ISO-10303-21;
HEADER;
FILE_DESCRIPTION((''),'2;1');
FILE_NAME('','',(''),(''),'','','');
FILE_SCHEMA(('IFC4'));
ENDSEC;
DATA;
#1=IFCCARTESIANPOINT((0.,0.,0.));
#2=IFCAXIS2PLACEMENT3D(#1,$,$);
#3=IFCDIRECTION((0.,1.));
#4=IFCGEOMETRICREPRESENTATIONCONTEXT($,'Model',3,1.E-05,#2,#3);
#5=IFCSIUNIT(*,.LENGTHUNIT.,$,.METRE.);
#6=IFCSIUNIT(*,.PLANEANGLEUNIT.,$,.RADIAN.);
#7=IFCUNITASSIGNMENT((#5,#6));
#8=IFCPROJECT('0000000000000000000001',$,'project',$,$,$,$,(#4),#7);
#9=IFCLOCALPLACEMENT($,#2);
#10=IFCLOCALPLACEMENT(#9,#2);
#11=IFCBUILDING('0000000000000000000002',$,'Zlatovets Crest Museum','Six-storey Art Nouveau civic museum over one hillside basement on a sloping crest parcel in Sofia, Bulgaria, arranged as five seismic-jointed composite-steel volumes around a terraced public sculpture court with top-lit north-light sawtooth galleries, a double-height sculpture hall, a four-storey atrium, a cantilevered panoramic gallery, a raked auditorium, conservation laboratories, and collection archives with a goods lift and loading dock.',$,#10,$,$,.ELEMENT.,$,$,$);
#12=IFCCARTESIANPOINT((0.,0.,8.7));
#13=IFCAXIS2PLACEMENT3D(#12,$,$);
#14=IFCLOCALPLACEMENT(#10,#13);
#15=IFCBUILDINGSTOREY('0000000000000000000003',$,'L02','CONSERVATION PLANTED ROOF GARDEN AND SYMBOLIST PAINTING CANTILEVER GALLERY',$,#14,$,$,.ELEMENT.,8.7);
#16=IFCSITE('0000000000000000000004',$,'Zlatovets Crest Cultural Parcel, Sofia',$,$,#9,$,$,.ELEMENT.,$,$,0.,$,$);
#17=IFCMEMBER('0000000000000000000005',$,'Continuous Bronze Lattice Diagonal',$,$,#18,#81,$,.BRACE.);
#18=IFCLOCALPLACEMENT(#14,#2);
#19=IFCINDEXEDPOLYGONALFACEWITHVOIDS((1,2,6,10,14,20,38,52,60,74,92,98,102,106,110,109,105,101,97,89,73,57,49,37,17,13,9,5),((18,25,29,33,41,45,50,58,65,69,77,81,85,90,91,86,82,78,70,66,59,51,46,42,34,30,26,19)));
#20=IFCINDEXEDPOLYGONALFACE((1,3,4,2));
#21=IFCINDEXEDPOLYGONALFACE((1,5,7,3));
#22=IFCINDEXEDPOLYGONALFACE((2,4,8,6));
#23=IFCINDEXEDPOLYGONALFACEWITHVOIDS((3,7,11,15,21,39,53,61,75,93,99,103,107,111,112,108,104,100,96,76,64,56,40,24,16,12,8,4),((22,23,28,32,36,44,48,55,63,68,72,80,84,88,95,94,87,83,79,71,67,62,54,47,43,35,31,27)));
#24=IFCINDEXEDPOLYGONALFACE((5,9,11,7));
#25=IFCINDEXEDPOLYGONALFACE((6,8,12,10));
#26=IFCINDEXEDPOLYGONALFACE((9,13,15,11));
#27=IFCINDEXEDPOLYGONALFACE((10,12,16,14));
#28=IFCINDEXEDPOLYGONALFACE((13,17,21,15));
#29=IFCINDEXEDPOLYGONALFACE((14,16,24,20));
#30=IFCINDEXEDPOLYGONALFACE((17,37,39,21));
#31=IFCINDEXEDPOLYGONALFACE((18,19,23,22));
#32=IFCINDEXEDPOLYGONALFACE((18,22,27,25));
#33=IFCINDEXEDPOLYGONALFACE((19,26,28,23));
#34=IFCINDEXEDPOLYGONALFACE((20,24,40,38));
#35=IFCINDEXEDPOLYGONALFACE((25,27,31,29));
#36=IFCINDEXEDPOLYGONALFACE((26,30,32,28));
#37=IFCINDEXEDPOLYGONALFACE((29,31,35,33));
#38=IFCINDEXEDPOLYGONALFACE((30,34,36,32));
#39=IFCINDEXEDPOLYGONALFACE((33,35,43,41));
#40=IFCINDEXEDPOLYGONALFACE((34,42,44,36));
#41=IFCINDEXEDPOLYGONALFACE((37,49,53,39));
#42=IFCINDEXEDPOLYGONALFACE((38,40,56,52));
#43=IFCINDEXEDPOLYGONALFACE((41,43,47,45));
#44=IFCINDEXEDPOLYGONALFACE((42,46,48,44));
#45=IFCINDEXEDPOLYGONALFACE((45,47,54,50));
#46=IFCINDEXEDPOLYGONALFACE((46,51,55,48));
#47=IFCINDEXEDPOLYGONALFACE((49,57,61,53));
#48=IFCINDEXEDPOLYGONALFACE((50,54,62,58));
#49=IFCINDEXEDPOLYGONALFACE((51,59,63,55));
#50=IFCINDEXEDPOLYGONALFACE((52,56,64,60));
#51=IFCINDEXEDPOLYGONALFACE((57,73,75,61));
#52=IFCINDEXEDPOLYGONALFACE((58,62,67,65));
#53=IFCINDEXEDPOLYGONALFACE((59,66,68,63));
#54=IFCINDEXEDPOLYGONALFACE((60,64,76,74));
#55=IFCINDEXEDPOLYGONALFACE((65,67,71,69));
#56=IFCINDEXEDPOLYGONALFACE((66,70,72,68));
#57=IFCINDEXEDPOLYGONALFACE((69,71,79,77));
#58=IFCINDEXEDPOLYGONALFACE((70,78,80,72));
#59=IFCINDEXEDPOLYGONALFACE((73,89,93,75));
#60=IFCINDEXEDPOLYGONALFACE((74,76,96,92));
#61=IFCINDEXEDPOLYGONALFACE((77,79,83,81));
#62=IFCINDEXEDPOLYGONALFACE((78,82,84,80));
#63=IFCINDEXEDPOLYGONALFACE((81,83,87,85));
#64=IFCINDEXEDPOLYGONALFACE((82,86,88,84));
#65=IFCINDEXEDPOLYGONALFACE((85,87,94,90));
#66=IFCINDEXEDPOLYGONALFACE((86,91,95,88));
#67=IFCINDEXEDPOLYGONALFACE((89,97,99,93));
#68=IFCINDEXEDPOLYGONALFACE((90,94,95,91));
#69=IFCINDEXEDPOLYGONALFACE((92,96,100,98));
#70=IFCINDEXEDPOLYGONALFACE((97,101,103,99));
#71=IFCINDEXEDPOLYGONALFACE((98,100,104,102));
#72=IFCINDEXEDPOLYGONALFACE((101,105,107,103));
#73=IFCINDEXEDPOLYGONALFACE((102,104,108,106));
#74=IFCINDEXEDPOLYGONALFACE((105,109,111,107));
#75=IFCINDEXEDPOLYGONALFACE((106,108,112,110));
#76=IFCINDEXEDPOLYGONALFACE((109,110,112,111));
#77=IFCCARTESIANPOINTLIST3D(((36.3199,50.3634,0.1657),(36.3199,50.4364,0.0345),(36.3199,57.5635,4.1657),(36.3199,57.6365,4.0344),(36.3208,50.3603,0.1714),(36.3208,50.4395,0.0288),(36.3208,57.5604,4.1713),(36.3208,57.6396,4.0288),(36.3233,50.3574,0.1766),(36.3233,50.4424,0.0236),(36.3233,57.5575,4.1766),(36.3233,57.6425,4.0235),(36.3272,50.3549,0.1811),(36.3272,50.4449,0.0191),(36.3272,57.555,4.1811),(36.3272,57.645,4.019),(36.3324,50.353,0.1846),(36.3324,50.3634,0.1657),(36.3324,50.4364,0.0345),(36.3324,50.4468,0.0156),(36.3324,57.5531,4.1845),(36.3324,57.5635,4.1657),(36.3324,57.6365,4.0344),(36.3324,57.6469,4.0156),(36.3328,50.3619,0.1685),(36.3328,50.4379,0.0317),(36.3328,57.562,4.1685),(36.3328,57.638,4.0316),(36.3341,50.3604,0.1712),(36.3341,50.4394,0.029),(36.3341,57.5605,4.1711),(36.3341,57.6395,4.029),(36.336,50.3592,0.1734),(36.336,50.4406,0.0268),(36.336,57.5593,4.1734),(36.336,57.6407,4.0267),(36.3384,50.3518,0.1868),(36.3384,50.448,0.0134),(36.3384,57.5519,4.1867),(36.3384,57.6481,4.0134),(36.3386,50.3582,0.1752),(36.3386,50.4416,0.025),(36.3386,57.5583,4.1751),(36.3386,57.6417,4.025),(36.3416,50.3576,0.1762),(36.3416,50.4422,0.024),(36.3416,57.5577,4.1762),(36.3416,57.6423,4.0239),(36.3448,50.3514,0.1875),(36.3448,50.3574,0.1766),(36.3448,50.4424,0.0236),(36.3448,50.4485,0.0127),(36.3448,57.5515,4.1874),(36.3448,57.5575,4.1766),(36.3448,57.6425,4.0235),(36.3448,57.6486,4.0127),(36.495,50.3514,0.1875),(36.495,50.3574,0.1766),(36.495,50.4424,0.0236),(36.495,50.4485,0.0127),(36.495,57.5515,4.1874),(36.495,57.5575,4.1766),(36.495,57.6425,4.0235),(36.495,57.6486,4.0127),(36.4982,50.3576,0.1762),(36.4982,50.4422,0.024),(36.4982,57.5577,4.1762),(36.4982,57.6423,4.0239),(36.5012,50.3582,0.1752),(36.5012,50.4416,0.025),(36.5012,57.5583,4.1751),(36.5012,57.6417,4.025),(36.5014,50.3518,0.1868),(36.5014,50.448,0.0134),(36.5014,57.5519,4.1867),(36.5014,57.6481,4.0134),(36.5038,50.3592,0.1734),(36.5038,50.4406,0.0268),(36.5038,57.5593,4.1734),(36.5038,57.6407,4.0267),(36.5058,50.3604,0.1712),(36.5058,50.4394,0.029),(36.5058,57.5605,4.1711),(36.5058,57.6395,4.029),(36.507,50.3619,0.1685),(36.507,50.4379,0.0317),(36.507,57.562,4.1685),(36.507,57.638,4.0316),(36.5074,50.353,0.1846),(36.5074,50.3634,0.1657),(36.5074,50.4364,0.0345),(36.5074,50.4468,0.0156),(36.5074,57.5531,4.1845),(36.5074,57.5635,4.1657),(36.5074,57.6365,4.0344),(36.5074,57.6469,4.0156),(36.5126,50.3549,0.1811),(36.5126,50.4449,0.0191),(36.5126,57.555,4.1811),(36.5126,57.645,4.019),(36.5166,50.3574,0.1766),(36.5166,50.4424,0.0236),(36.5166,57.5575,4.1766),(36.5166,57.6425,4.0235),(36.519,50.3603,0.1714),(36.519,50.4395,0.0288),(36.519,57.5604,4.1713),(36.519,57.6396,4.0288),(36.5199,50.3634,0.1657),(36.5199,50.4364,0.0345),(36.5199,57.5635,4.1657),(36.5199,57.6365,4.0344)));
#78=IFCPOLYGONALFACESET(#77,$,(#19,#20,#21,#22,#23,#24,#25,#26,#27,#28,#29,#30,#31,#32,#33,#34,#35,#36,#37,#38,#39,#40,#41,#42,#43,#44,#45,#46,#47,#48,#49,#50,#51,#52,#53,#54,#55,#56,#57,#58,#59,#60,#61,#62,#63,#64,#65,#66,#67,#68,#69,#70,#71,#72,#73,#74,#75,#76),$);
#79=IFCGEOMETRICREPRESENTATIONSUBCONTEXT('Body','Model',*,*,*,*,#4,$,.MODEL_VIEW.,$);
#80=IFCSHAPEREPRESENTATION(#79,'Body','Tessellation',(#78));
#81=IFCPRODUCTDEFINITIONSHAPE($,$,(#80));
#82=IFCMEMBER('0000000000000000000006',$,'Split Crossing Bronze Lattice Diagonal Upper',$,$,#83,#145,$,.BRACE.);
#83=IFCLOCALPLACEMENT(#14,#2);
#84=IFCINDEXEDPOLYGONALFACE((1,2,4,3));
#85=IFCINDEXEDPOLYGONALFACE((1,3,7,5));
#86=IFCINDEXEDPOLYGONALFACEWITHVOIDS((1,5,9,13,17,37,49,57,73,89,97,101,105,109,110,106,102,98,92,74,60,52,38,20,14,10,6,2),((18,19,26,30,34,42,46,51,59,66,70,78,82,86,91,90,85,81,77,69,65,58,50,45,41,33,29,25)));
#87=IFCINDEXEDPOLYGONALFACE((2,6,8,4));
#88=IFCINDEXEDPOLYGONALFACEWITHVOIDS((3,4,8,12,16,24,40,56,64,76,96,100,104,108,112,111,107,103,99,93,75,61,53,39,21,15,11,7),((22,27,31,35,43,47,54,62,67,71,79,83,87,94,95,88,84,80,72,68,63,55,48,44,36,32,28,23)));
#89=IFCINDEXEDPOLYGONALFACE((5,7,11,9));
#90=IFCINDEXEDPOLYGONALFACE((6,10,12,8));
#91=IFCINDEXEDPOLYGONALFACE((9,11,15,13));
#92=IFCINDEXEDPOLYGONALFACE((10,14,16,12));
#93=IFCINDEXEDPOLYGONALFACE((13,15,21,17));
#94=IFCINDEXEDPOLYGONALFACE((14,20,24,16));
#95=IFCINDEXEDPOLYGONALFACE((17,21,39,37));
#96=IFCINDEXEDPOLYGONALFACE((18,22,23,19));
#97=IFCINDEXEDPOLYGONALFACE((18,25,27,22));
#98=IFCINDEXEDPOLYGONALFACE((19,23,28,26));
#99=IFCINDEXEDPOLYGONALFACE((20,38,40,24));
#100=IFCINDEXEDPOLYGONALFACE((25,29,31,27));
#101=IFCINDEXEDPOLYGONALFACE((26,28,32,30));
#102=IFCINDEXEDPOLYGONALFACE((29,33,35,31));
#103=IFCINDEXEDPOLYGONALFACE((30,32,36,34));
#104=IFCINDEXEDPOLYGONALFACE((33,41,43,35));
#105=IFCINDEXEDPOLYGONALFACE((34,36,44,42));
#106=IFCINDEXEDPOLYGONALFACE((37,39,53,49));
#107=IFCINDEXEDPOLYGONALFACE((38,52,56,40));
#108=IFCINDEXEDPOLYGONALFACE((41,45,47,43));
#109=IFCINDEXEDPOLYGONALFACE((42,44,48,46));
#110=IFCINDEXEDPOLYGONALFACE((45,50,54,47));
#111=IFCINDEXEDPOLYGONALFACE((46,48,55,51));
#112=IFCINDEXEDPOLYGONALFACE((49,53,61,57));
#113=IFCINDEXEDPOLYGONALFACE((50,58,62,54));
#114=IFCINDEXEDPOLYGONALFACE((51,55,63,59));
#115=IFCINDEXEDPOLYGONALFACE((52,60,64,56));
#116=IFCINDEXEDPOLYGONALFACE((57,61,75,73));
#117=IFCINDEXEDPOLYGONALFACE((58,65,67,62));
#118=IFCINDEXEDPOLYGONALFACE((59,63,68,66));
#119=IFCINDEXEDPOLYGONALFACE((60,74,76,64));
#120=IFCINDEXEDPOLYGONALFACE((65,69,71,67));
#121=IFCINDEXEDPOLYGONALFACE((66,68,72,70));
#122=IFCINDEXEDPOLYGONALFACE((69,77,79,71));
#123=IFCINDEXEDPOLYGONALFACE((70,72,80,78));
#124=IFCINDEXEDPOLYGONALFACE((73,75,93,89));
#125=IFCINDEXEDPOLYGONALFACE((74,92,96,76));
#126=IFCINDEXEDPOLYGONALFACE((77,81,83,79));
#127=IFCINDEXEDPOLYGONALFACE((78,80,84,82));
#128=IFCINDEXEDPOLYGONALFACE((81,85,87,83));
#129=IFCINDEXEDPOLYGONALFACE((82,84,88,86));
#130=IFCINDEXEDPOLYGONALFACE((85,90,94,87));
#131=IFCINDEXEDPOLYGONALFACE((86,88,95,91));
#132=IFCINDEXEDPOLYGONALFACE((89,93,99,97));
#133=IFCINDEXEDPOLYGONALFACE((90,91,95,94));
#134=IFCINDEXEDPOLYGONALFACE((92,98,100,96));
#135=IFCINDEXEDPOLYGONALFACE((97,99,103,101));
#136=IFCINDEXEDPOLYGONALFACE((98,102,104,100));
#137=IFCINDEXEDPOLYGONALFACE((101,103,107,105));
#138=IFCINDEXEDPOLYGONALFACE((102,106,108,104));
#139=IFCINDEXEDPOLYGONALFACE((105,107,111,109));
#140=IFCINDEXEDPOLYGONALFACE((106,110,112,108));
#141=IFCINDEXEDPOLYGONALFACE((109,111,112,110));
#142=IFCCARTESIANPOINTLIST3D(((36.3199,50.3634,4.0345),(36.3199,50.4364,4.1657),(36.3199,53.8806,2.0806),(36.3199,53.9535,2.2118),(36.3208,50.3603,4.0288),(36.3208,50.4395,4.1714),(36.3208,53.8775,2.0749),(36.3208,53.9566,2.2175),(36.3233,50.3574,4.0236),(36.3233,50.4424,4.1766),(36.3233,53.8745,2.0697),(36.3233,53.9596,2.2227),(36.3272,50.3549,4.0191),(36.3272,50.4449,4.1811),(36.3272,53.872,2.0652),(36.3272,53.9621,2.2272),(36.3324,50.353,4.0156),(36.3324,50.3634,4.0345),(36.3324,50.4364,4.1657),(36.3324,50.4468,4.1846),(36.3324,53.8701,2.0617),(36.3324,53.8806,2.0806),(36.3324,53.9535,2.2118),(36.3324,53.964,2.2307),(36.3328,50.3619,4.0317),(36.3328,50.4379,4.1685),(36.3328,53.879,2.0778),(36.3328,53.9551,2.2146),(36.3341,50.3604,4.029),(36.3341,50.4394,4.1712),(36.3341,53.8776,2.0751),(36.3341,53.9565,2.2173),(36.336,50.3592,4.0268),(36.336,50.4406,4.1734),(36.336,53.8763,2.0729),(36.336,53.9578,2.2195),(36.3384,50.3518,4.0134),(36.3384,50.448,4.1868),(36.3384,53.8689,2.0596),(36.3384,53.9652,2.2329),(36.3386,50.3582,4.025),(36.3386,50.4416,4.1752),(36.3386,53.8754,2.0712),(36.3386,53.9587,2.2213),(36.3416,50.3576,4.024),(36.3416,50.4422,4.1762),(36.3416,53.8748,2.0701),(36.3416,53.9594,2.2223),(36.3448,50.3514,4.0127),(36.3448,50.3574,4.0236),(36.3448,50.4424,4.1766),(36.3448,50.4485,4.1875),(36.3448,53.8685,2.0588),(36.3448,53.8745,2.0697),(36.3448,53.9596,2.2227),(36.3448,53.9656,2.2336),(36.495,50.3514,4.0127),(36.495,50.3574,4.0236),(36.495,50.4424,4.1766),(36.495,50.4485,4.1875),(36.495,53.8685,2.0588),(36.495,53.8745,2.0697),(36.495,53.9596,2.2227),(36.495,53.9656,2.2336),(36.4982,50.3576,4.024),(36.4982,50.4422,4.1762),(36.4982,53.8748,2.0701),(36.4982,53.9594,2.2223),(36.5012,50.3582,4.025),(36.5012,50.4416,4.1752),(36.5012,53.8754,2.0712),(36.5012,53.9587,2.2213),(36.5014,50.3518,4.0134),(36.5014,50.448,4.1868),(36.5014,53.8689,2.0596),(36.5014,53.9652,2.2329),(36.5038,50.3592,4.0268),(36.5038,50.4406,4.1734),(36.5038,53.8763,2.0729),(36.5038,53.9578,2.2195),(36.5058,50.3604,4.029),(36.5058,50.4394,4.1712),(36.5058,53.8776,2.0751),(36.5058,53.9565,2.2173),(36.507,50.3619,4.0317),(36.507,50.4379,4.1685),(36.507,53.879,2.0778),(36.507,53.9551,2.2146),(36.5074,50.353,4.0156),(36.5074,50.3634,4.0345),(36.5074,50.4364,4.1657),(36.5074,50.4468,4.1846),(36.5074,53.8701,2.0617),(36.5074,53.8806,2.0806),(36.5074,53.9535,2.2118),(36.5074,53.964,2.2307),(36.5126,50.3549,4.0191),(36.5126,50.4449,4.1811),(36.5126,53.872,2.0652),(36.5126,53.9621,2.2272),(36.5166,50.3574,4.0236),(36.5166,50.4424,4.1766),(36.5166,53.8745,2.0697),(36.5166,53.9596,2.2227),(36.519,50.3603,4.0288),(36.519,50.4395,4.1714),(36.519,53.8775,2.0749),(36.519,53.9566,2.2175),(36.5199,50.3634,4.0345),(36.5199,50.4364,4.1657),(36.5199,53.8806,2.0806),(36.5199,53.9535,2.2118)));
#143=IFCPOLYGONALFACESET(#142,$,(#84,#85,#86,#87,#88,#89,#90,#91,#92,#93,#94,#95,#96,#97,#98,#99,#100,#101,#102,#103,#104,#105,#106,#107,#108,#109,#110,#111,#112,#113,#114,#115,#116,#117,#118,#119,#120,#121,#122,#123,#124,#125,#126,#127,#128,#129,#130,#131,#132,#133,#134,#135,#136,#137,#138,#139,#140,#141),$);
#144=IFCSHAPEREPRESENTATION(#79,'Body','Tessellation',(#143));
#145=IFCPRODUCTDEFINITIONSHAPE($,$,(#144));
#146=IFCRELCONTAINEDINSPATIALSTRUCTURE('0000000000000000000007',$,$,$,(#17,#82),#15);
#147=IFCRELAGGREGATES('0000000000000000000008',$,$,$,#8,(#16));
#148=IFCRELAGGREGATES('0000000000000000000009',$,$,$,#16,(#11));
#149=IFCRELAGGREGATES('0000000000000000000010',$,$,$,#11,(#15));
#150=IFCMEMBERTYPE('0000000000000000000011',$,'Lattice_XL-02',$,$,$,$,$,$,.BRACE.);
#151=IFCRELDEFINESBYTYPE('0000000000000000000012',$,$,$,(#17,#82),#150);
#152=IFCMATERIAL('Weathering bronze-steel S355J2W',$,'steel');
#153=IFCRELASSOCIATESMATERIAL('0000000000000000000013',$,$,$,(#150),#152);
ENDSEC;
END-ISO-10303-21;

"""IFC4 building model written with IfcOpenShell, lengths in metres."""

from ifc_helpers import new_model, si_unit, direction, frame, origin, origin_2d, place, context, subcontext, project, spatial, hollow_rectangle, extrude, material, material_profile, profile_set, type_object, element, save


model = new_model("IFC4")

# Units and contexts
model_context = context("Model", 3, precision=1e-05, world=origin(), true_north=direction((0.0, 1.0)))
body_context = subcontext(model_context, "Body", "Model", "MODEL_VIEW")
ifc_project = project(units=[si_unit("LENGTHUNIT", "METRE"), si_unit("PLANEANGLEUNIT", "RADIAN")], contexts=[model_context])

# Site, building, storey
site_placement = place(None, origin())
site = spatial("IfcSite", under=ifc_project, at=site_placement, Name="Zlatovets Crest Cultural Parcel, Sofia", CompositionType="ELEMENT", RefElevation=0.0)
building_placement = place(site_placement, origin())
building = spatial("IfcBuilding", under=site, at=building_placement, Name="Zlatovets Crest Museum", Description="Six-storey Art Nouveau civic museum over one hillside basement on a sloping crest parcel in Sofia, Bulgaria, arranged as five seismic-jointed composite-steel volumes around a terraced public sculpture court with top-lit north-light sawtooth galleries, a double-height sculpture hall, a four-storey atrium, a cantilevered panoramic gallery, a raked auditorium, conservation laboratories, and collection archives with a goods lift and loading dock.", CompositionType="ELEMENT")
storey_placement = place(building_placement, frame((0.0, 0.0, 8.7)))
storey = spatial("IfcBuildingStorey", under=building, at=storey_placement, Name="L02", Description="CONSERVATION PLANTED ROOF GARDEN AND SYMBOLIST PAINTING CANTILEVER GALLERY", CompositionType="ELEMENT", Elevation=8.7)

# Members
ifc_material_1 = material(Name="Weathering bronze-steel S355J2W", Category="steel")
ifc_material_profile_1 = material_profile(ifc_material_1, hollow_rectangle(XDim=0.2, YDim=0.2, WallThickness=0.0125, InnerFilletRadius=0.0125, OuterFilletRadius=0.0249, at=origin_2d()), Name="SHS 200x200x12.5")
ifc_profile_set_1 = profile_set([ifc_material_profile_1], Name="Weathering bronze-steel S355J2W")
member_type_1 = type_object("IfcMemberType", Name="Lattice_XL-02", PredefinedType="BRACE", material=ifc_profile_set_1)
member_1_placement = place(storey_placement, frame((36.4199, 50.3999, 0.1001), z_axis=(0.0, 0.874163, 0.485633), x_axis=(-1.0, 0.0, 0.0)))
element("IfcMember", 1, at=member_1_placement, inside=storey, type_object=member_type_1, Name="Continuous Bronze Lattice Diagonal", PredefinedType="BRACE", context=body_context, shape_type="SweptSolid", body=[
    extrude(hollow_rectangle(XDim=0.2, YDim=0.2, WallThickness=0.0125, InnerFilletRadius=0.0125, OuterFilletRadius=0.0249, at=origin_2d()), origin(), (0.0, 0.0, 1.0), 8.2366),
])
for number, where, z_axis, x_axis, name in (
    (2, (36.4199, 50.3999, 4.1001), (0.0, 0.874166, -0.485627), (-1.0, 0.0, 0.0), "Split Crossing Bronze Lattice Diagonal Upper"),
):
    element("IfcMember", number, at=place(storey_placement, frame(where, z_axis=z_axis, x_axis=x_axis)), inside=storey, type_object=member_type_1, Name=name, PredefinedType="BRACE", context=body_context, shape_type="SweptSolid", body=[
        extrude(hollow_rectangle(XDim=0.2, YDim=0.2, WallThickness=0.0125, InnerFilletRadius=0.0125, OuterFilletRadius=0.0249, at=origin_2d()), origin(), (0.0, 0.0, 1.0), 4.0234),
    ])

save(model, "model.ifc")
